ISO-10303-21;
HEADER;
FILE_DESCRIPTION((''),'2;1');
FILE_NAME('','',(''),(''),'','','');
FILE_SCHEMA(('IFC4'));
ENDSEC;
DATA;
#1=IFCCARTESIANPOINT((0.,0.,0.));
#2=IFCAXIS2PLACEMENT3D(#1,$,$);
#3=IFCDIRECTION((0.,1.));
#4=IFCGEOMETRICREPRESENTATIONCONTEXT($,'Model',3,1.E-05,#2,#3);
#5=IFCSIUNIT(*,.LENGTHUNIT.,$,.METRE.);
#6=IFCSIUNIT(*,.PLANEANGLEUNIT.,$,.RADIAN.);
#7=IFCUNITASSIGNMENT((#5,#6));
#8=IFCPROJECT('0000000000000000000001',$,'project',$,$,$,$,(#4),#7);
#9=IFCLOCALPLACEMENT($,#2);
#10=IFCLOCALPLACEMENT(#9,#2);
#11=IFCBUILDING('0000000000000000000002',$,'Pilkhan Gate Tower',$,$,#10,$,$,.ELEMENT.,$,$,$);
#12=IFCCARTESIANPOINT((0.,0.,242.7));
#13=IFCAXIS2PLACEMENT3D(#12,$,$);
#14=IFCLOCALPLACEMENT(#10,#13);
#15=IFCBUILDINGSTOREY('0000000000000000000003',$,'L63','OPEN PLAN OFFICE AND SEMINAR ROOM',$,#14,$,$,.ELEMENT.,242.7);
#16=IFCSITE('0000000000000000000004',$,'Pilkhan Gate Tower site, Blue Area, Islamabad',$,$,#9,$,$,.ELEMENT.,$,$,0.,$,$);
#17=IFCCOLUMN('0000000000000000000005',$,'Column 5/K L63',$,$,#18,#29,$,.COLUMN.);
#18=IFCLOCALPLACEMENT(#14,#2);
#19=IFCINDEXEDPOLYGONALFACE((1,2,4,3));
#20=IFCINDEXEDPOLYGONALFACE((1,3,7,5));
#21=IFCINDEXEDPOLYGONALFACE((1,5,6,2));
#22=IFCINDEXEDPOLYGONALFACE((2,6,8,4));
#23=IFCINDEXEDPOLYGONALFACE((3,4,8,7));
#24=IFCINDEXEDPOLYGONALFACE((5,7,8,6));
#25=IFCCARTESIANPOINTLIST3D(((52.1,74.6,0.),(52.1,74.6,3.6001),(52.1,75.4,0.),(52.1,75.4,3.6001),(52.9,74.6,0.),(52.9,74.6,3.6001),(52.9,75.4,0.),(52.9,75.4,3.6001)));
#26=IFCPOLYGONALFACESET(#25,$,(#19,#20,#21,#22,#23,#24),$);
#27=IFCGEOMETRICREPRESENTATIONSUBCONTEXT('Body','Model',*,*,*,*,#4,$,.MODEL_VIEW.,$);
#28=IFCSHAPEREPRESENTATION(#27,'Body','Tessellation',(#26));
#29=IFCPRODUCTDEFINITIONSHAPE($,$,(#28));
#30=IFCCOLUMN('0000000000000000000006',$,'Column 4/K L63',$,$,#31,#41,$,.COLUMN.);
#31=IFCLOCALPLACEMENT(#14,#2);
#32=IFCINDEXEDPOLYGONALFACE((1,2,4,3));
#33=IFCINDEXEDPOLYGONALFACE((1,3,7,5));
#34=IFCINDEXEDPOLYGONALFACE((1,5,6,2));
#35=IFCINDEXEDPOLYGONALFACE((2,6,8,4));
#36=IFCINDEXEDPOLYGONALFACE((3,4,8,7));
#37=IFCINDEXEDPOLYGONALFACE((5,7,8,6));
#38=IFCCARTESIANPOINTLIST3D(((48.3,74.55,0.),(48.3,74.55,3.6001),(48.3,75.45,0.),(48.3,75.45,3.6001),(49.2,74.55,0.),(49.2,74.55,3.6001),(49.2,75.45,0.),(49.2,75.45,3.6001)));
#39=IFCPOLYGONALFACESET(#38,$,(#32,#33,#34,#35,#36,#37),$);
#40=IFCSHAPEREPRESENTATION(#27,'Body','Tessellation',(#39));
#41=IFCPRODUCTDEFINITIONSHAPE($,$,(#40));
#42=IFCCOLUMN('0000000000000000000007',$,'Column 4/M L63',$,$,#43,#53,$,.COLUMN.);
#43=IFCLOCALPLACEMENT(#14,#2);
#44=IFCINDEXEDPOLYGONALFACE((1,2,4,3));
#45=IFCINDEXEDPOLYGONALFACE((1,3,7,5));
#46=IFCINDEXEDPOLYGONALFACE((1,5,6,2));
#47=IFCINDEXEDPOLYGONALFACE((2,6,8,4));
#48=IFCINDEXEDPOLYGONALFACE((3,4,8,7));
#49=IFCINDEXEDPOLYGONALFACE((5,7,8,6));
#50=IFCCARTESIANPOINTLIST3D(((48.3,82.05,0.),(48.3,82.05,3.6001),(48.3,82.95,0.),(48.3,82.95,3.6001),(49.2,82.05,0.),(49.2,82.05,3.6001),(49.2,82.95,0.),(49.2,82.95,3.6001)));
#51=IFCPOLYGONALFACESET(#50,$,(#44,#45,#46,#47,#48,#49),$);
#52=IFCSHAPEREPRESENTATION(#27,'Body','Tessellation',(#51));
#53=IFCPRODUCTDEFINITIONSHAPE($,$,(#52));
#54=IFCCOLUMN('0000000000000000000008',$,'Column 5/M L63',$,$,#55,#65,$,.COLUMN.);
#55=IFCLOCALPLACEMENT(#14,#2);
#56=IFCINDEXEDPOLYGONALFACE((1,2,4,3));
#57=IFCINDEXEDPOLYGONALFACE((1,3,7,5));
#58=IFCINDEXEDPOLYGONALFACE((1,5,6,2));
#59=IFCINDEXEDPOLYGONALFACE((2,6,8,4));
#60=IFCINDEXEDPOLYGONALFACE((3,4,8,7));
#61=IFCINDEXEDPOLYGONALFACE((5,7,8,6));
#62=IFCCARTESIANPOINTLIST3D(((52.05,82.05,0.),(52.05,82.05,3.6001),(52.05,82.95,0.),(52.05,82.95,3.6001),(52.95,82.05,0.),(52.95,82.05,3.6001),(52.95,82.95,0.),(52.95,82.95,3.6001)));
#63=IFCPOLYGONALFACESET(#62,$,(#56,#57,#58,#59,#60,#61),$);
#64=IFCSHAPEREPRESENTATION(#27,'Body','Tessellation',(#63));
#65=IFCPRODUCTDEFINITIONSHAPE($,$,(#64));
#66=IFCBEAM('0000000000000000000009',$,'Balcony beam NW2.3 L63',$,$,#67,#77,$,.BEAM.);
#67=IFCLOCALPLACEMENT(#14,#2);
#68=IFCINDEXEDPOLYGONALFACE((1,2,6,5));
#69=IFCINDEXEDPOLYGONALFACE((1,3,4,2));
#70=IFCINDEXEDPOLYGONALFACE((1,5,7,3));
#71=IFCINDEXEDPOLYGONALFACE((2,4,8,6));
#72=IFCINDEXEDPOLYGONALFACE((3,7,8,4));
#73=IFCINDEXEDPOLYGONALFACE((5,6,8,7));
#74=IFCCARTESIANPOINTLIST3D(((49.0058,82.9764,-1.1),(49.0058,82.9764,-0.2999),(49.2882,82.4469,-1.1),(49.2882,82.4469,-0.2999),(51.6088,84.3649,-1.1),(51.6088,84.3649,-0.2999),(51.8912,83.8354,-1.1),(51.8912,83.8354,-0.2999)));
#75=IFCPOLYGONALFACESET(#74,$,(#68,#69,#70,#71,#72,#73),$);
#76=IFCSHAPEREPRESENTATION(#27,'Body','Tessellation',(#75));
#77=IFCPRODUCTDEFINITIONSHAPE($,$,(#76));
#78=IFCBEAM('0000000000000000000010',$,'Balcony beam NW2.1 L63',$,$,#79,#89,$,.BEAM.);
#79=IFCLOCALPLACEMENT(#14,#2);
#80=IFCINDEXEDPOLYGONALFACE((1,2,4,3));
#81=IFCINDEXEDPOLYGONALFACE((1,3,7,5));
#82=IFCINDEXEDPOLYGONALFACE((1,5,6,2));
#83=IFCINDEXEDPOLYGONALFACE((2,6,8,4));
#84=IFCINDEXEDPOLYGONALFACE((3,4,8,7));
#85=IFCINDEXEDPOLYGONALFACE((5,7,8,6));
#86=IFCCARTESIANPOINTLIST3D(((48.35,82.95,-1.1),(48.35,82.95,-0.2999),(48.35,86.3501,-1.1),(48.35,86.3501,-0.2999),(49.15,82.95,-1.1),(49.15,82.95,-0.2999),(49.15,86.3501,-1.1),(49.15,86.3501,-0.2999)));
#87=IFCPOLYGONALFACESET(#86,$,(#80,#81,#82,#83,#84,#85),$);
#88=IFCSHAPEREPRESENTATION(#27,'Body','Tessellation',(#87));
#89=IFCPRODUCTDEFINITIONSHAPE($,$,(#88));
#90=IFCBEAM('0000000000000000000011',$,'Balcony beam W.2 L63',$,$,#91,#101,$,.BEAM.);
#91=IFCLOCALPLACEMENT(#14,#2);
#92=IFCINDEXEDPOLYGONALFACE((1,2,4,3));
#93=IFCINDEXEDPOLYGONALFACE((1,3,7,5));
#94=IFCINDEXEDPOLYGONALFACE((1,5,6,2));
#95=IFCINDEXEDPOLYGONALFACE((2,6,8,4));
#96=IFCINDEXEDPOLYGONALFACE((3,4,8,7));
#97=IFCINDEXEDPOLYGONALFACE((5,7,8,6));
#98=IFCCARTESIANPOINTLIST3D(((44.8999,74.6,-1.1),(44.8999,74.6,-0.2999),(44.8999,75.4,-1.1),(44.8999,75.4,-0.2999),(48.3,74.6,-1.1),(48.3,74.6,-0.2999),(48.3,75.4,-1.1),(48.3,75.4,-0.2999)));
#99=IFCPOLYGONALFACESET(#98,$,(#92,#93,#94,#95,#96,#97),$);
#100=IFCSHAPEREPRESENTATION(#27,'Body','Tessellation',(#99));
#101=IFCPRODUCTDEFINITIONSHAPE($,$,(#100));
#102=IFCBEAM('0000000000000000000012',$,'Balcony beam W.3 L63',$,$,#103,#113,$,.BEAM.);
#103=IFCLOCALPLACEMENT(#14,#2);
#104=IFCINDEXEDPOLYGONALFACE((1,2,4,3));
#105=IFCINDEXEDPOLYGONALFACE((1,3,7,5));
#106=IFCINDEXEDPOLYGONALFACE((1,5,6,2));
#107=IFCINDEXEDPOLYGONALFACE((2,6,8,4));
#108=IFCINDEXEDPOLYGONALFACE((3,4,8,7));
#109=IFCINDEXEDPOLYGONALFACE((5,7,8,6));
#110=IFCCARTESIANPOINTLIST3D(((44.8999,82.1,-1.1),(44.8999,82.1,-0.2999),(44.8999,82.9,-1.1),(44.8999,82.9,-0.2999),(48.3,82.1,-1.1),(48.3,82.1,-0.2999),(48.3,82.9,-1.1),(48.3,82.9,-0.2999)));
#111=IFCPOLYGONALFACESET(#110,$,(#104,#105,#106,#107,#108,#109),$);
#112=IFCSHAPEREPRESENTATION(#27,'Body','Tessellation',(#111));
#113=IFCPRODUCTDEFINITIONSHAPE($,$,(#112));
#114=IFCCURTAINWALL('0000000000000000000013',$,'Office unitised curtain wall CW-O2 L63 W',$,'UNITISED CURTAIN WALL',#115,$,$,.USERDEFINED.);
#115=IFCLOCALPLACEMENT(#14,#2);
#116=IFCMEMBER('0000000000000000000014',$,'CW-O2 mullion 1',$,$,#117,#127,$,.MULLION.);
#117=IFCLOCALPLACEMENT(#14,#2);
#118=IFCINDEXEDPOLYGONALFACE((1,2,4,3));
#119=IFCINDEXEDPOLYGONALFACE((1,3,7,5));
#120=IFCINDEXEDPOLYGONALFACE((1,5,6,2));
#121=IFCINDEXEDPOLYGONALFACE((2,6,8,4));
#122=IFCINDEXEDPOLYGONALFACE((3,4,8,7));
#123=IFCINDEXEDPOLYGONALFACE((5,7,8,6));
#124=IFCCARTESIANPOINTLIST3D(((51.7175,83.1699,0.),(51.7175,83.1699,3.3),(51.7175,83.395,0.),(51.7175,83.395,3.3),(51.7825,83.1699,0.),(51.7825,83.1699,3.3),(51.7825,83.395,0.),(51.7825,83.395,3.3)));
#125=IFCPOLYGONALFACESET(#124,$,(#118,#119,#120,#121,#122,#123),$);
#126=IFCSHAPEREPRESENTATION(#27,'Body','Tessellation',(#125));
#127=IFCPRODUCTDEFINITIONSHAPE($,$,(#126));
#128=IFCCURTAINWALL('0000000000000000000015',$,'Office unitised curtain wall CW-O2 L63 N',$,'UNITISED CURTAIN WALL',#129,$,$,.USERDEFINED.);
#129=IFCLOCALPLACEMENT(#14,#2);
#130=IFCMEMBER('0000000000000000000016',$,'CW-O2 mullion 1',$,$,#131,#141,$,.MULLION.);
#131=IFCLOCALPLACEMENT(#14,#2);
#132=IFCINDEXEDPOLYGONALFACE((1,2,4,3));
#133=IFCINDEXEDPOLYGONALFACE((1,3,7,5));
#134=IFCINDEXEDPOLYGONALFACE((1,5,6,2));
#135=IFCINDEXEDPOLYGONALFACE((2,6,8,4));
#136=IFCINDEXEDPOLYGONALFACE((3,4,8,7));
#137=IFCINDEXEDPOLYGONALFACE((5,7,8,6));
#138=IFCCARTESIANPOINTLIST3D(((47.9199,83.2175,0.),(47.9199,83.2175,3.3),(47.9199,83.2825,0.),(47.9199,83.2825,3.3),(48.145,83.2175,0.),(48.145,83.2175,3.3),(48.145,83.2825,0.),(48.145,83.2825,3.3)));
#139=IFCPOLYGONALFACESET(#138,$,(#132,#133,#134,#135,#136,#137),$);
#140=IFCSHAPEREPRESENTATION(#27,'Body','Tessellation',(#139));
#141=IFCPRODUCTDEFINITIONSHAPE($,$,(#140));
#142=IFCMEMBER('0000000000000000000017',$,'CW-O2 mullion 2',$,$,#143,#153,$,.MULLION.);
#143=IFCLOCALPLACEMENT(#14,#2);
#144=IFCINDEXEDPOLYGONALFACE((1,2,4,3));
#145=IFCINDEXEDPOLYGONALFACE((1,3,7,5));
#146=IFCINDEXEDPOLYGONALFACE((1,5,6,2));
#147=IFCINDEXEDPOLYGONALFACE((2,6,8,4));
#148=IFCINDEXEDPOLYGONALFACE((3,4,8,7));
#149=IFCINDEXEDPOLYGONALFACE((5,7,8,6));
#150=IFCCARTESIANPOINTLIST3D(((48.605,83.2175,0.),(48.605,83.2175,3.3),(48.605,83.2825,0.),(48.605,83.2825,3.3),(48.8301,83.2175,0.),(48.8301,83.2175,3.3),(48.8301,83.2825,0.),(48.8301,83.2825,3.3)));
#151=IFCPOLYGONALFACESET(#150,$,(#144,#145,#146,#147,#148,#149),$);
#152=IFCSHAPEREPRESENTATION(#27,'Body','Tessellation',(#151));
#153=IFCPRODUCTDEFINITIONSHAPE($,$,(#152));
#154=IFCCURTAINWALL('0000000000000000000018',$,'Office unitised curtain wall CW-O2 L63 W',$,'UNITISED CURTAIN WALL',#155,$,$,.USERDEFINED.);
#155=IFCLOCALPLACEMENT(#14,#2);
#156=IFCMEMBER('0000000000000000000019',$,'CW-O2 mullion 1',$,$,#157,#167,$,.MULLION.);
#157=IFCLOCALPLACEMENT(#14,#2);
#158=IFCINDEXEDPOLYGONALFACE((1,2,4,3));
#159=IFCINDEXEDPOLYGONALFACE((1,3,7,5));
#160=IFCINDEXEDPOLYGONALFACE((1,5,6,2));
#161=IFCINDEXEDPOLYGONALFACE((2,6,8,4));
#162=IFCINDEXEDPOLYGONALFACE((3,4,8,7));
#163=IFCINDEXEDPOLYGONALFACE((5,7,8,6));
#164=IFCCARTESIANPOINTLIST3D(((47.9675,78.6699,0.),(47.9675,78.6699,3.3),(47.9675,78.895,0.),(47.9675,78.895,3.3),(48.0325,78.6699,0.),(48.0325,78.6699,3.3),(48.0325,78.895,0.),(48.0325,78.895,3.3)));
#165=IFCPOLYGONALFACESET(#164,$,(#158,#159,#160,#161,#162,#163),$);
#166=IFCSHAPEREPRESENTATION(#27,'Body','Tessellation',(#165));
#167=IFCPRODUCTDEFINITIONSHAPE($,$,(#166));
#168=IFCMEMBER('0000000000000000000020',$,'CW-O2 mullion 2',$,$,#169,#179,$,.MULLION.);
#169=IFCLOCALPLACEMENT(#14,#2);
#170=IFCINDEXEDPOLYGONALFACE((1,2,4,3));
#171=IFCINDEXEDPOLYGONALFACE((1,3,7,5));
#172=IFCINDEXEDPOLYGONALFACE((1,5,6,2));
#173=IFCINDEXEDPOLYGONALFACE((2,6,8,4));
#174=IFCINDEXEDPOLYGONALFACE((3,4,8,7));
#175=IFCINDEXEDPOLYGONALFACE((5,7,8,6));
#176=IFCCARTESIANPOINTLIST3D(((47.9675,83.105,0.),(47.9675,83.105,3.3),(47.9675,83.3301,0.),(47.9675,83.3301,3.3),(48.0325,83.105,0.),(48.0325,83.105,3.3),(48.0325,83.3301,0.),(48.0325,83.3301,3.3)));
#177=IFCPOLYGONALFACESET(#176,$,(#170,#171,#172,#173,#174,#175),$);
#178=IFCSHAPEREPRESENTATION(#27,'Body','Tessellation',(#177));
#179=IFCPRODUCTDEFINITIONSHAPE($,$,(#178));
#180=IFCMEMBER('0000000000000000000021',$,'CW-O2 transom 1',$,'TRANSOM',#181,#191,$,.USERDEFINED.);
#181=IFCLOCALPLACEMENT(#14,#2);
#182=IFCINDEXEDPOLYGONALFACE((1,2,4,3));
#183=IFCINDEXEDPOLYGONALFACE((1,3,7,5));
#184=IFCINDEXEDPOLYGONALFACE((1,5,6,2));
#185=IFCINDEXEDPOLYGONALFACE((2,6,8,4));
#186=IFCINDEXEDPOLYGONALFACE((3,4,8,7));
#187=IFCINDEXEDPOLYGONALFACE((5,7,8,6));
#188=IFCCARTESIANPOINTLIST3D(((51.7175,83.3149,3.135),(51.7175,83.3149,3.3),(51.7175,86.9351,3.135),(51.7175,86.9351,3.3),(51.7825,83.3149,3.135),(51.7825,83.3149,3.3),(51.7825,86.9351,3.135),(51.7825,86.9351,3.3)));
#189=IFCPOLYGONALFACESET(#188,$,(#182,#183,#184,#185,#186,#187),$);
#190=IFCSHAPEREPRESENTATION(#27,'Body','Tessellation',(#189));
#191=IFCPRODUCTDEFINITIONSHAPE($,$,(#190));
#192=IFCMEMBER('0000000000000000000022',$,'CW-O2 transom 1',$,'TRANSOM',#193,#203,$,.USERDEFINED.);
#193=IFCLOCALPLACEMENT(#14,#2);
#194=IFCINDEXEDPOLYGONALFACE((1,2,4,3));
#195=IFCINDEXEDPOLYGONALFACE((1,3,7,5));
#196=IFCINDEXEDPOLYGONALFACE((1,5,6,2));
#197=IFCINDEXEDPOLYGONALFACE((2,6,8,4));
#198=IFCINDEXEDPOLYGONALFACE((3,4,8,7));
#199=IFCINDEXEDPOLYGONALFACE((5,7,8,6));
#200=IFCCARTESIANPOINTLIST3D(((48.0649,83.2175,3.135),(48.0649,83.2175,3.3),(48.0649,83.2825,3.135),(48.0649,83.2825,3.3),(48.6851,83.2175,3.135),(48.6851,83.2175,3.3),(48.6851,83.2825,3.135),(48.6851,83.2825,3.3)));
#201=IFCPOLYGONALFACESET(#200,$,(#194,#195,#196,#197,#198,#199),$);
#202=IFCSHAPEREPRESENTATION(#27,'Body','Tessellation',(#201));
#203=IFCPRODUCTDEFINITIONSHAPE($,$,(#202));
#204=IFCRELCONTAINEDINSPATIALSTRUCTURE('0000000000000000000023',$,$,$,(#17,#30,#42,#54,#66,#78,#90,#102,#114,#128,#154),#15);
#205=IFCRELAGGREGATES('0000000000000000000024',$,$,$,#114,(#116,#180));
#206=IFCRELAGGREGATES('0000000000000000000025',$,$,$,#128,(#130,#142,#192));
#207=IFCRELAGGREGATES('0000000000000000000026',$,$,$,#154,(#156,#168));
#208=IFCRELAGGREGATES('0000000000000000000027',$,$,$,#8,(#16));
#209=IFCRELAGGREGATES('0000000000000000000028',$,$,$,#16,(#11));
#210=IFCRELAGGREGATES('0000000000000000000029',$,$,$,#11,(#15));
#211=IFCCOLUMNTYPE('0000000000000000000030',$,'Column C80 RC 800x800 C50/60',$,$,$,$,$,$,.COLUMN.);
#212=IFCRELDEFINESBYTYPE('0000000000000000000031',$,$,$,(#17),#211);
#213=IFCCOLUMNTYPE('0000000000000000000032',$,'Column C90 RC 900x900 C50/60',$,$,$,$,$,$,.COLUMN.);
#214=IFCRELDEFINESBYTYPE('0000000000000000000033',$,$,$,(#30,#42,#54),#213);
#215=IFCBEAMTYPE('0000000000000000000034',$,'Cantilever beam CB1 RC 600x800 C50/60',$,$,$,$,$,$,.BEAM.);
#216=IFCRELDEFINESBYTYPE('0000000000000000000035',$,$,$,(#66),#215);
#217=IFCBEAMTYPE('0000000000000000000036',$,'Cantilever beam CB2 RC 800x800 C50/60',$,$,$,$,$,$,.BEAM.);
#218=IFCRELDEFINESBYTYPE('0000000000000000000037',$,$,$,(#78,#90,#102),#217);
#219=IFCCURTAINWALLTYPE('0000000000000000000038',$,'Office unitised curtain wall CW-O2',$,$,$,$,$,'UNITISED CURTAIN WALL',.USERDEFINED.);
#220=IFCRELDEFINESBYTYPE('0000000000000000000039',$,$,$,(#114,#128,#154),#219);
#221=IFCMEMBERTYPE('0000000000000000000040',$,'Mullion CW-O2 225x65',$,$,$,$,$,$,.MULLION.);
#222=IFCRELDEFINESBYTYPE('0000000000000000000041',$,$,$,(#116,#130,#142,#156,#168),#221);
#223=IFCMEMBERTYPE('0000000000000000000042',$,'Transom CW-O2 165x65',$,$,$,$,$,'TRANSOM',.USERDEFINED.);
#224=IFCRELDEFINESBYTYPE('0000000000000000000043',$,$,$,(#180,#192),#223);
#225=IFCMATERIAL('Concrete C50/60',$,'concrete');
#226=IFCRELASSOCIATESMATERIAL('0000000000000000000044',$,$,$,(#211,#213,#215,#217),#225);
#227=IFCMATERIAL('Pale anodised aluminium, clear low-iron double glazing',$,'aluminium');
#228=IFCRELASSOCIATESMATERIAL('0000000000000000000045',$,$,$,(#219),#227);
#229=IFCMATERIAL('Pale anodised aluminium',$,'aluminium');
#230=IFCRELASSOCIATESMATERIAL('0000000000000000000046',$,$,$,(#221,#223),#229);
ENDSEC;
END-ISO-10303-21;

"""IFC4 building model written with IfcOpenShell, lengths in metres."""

from ifc_helpers import new_model, si_unit, direction, frame, origin, origin_2d, place, context, subcontext, project, spatial, rectangle, extrude, material, material_profile, profile_set, type_object, element, aggregate, save


model = new_model("IFC4")

# Units and contexts
model_context = context("Model", 3, precision=1e-05, world=origin(), true_north=direction((0.0, 1.0)))
body_context = subcontext(model_context, "Body", "Model", "MODEL_VIEW")
ifc_project = project(units=[si_unit("LENGTHUNIT", "METRE"), si_unit("PLANEANGLEUNIT", "RADIAN")], contexts=[model_context])

# Site, building, storey
site_placement = place(None, origin())
site = spatial("IfcSite", under=ifc_project, at=site_placement, Name="Pilkhan Gate Tower site, Blue Area, Islamabad", CompositionType="ELEMENT", RefElevation=0.0)
building_placement = place(site_placement, origin())
building = spatial("IfcBuilding", under=site, at=building_placement, Name="Pilkhan Gate Tower", CompositionType="ELEMENT")
storey_placement = place(building_placement, frame((0.0, 0.0, 242.7)))
storey = spatial("IfcBuildingStorey", under=building, at=storey_placement, Name="L63", Description="OPEN PLAN OFFICE AND SEMINAR ROOM", CompositionType="ELEMENT", Elevation=242.7)

# Columns
ifc_material_1 = material(Name="Concrete C50/60", Category="concrete")
ifc_material_profile_1 = material_profile(ifc_material_1, rectangle(XDim=0.8, YDim=0.8, at=origin_2d()), Name="RC 800x800")
ifc_profile_set_1 = profile_set([ifc_material_profile_1], Name="Concrete C50/60")
column_type_1 = type_object("IfcColumnType", Name="Column C80 RC 800x800 C50/60", PredefinedType="COLUMN", material=ifc_profile_set_1)
column_placement = place(storey_placement, frame((52.5, 75.0, 0.0), z_axis=(0.0, 0.0, 1.0), x_axis=(1.0, 0.0, 0.0)))
element("IfcColumn", 1, at=column_placement, inside=storey, type_object=column_type_1, Name="Column 5/K L63", PredefinedType="COLUMN", context=body_context, shape_type="SweptSolid", body=[
    extrude(rectangle(XDim=0.8, YDim=0.8, at=origin_2d()), origin(), (0.0, 0.0, 1.0), 3.6001),
])
ifc_material_profile_2 = material_profile(ifc_material_1, rectangle(XDim=0.8999, YDim=0.8999, at=origin_2d()), Name="RC 900x900")
ifc_profile_set_2 = profile_set([ifc_material_profile_2], Name="Concrete C50/60")
column_type_2 = type_object("IfcColumnType", Name="Column C90 RC 900x900 C50/60", PredefinedType="COLUMN", material=ifc_profile_set_2)
for number, where, z_axis, x_axis, name in (
    (2, (48.75, 75.0, 0.0), (0.0, 0.0, 1.0), (1.0, 0.0, 0.0), "Column 4/K L63"),
    (3, (48.75, 82.5, 0.0), (0.0, 0.0, 1.0), (1.0, 0.0, 0.0), "Column 4/M L63"),
    (4, (52.5, 82.5, 0.0), (0.0, 0.0, 1.0), (1.0, 0.0, 0.0), "Column 5/M L63"),
):
    element("IfcColumn", number, at=place(storey_placement, frame(where, z_axis=z_axis, x_axis=x_axis)), inside=storey, type_object=column_type_2, Name=name, PredefinedType="COLUMN", context=body_context, shape_type="SweptSolid", body=[
        extrude(rectangle(XDim=0.8999, YDim=0.8999, at=origin_2d()), origin(), (0.0, 0.0, 1.0), 3.6001),
    ])

# Beams
ifc_material_profile_3 = material_profile(ifc_material_1, rectangle(XDim=0.6001, YDim=0.8, at=origin_2d()), Name="RC 600x800")
ifc_profile_set_3 = profile_set([ifc_material_profile_3], Name="Concrete C50/60")
beam_type_1 = type_object("IfcBeamType", Name="Cantilever beam CB1 RC 600x800 C50/60", PredefinedType="BEAM", material=ifc_profile_set_3)
beam_placement = place(storey_placement, frame((49.147, 82.7117, -0.7), z_axis=(0.882332, 0.470627, 0.0), x_axis=(-0.470627, 0.882332, 0.0)))
element("IfcBeam", 5, at=beam_placement, inside=storey, type_object=beam_type_1, Name="Balcony beam NW2.3 L63", PredefinedType="BEAM", context=body_context, shape_type="SweptSolid", body=[
    extrude(rectangle(XDim=0.6001, YDim=0.8, at=origin_2d()), origin(), (0.0, 0.0, 1.0), 2.9502),
])
ifc_material_profile_4 = material_profile(ifc_material_1, rectangle(XDim=0.8, YDim=0.8, at=origin_2d()), Name="RC 800x800")
ifc_profile_set_4 = profile_set([ifc_material_profile_4], Name="Concrete C50/60")
beam_type_2 = type_object("IfcBeamType", Name="Cantilever beam CB2 RC 800x800 C50/60", PredefinedType="BEAM", material=ifc_profile_set_4)
for number, where, z_axis, x_axis, name in (
    (6, (48.75, 82.95, -0.7), (0.0, 1.0, 0.0), (-1.0, 0.0, 0.0), "Balcony beam NW2.1 L63"),
    (7, (48.3, 75.0, -0.7), (-1.0, 0.0, 0.0), (0.0, -1.0, 0.0), "Balcony beam W.2 L63"),
    (8, (48.3, 82.5, -0.7), (-1.0, 0.0, 0.0), (0.0, -1.0, 0.0), "Balcony beam W.3 L63"),
):
    element("IfcBeam", number, at=place(storey_placement, frame(where, z_axis=z_axis, x_axis=x_axis)), inside=storey, type_object=beam_type_2, Name=name, PredefinedType="BEAM", context=body_context, shape_type="SweptSolid", body=[
        extrude(rectangle(XDim=0.8, YDim=0.8, at=origin_2d()), origin(), (0.0, 0.0, 1.0), 3.4001),
    ])

# Curtain wall, member
ifc_material_2 = material(Name="Pale anodised aluminium, clear low-iron double glazing", Category="aluminium")
curtain_wall_type = type_object("IfcCurtainWallType", Name="Office unitised curtain wall CW-O2", ElementType="UNITISED CURTAIN WALL", PredefinedType="USERDEFINED", material=ifc_material_2)
curtain_wall_1_placement = place(storey_placement, origin())
curtain_wall_1 = element("IfcCurtainWall", 9, at=curtain_wall_1_placement, inside=storey, type_object=curtain_wall_type, Name="Office unitised curtain wall CW-O2 L63 W", ObjectType="UNITISED CURTAIN WALL", PredefinedType="USERDEFINED")
ifc_material_3 = material(Name="Pale anodised aluminium", Category="aluminium")
ifc_material_profile_5 = material_profile(ifc_material_3, rectangle(XDim=0.0649, YDim=0.2251, at=origin_2d()), Name="Mullion 225x65")
ifc_profile_set_5 = profile_set([ifc_material_profile_5], Name="Pale anodised aluminium")
member_type_1 = type_object("IfcMemberType", Name="Mullion CW-O2 225x65", PredefinedType="MULLION", material=ifc_profile_set_5)
member_1_placement = place(storey_placement, frame((51.75, 83.2825, 0.0), z_axis=(0.0, 0.0, 1.0), x_axis=(-1.0, 0.0, 0.0)))
member_1 = element("IfcMember", 10, at=member_1_placement, type_object=member_type_1, Name="CW-O2 mullion 1", PredefinedType="MULLION", context=body_context, shape_type="SweptSolid", body=[
    extrude(rectangle(XDim=0.0649, YDim=0.2251, at=origin_2d()), origin(), (0.0, 0.0, 1.0), 3.3),
])

# Curtain walls, members
curtain_wall_2_placement = place(storey_placement, origin())
curtain_wall_2 = element("IfcCurtainWall", 11, at=curtain_wall_2_placement, inside=storey, type_object=curtain_wall_type, Name="Office unitised curtain wall CW-O2 L63 N", ObjectType="UNITISED CURTAIN WALL", PredefinedType="USERDEFINED")
member_2_placement = place(storey_placement, frame((48.0325, 83.25, 0.0), z_axis=(0.0, 0.0, 1.0), x_axis=(0.0, 1.0, 0.0)))
member_2 = element("IfcMember", 12, at=member_2_placement, type_object=member_type_1, Name="CW-O2 mullion 1", PredefinedType="MULLION", context=body_context, shape_type="SweptSolid", body=[
    extrude(rectangle(XDim=0.0649, YDim=0.2251, at=origin_2d()), origin(), (0.0, 0.0, 1.0), 3.3),
])
member_3_placement = place(storey_placement, frame((48.7175, 83.25, 0.0), z_axis=(0.0, 0.0, 1.0), x_axis=(0.0, 1.0, 0.0)))
member_3 = element("IfcMember", 13, at=member_3_placement, type_object=member_type_1, Name="CW-O2 mullion 2", PredefinedType="MULLION", context=body_context, shape_type="SweptSolid", body=[
    extrude(rectangle(XDim=0.0649, YDim=0.2251, at=origin_2d()), origin(), (0.0, 0.0, 1.0), 3.3),
])
curtain_wall_3_placement = place(storey_placement, origin())
curtain_wall_3 = element("IfcCurtainWall", 14, at=curtain_wall_3_placement, inside=storey, type_object=curtain_wall_type, Name="Office unitised curtain wall CW-O2 L63 W", ObjectType="UNITISED CURTAIN WALL", PredefinedType="USERDEFINED")
member_4_placement = place(storey_placement, frame((48.0, 78.7825, 0.0), z_axis=(0.0, 0.0, 1.0), x_axis=(-1.0, 0.0, 0.0)))
member_4 = element("IfcMember", 15, at=member_4_placement, type_object=member_type_1, Name="CW-O2 mullion 1", PredefinedType="MULLION", context=body_context, shape_type="SweptSolid", body=[
    extrude(rectangle(XDim=0.0649, YDim=0.2251, at=origin_2d()), origin(), (0.0, 0.0, 1.0), 3.3),
])
member_5_placement = place(storey_placement, frame((48.0, 83.2175, 0.0), z_axis=(0.0, 0.0, 1.0), x_axis=(-1.0, 0.0, 0.0)))
member_5 = element("IfcMember", 16, at=member_5_placement, type_object=member_type_1, Name="CW-O2 mullion 2", PredefinedType="MULLION", context=body_context, shape_type="SweptSolid", body=[
    extrude(rectangle(XDim=0.0649, YDim=0.2251, at=origin_2d()), origin(), (0.0, 0.0, 1.0), 3.3),
])

# Members
ifc_material_profile_6 = material_profile(ifc_material_3, rectangle(XDim=0.0649, YDim=0.165, at=origin_2d()), Name="Transom 165x65")
ifc_profile_set_6 = profile_set([ifc_material_profile_6], Name="Pale anodised aluminium")
member_type_2 = type_object("IfcMemberType", Name="Transom CW-O2 165x65", ElementType="TRANSOM", PredefinedType="USERDEFINED", material=ifc_profile_set_6)
member_6_placement = place(storey_placement, frame((51.75, 83.3149, 3.2175), z_axis=(0.0, 1.0, 0.0), x_axis=(-1.0, 0.0, 0.0)))
member_6 = element("IfcMember", 17, at=member_6_placement, type_object=member_type_2, Name="CW-O2 transom 1", ObjectType="TRANSOM", PredefinedType="USERDEFINED", context=body_context, shape_type="SweptSolid", body=[
    extrude(rectangle(XDim=0.0649, YDim=0.165, at=origin_2d()), origin(), (0.0, 0.0, 1.0), 3.6201),
])
aggregate(curtain_wall_1, [member_1, member_6])
member_7_placement = place(storey_placement, frame((48.0649, 83.25, 3.2175), z_axis=(1.0, 0.0, 0.0), x_axis=(0.0, 1.0, 0.0)))
member_7 = element("IfcMember", 18, at=member_7_placement, type_object=member_type_2, Name="CW-O2 transom 1", ObjectType="TRANSOM", PredefinedType="USERDEFINED", context=body_context, shape_type="SweptSolid", body=[
    extrude(rectangle(XDim=0.0649, YDim=0.165, at=origin_2d()), origin(), (0.0, 0.0, 1.0), 0.6201),
])

aggregate(curtain_wall_2, [member_2, member_3, member_7])
aggregate(curtain_wall_3, [member_4, member_5])

save(model, "model.ifc")
